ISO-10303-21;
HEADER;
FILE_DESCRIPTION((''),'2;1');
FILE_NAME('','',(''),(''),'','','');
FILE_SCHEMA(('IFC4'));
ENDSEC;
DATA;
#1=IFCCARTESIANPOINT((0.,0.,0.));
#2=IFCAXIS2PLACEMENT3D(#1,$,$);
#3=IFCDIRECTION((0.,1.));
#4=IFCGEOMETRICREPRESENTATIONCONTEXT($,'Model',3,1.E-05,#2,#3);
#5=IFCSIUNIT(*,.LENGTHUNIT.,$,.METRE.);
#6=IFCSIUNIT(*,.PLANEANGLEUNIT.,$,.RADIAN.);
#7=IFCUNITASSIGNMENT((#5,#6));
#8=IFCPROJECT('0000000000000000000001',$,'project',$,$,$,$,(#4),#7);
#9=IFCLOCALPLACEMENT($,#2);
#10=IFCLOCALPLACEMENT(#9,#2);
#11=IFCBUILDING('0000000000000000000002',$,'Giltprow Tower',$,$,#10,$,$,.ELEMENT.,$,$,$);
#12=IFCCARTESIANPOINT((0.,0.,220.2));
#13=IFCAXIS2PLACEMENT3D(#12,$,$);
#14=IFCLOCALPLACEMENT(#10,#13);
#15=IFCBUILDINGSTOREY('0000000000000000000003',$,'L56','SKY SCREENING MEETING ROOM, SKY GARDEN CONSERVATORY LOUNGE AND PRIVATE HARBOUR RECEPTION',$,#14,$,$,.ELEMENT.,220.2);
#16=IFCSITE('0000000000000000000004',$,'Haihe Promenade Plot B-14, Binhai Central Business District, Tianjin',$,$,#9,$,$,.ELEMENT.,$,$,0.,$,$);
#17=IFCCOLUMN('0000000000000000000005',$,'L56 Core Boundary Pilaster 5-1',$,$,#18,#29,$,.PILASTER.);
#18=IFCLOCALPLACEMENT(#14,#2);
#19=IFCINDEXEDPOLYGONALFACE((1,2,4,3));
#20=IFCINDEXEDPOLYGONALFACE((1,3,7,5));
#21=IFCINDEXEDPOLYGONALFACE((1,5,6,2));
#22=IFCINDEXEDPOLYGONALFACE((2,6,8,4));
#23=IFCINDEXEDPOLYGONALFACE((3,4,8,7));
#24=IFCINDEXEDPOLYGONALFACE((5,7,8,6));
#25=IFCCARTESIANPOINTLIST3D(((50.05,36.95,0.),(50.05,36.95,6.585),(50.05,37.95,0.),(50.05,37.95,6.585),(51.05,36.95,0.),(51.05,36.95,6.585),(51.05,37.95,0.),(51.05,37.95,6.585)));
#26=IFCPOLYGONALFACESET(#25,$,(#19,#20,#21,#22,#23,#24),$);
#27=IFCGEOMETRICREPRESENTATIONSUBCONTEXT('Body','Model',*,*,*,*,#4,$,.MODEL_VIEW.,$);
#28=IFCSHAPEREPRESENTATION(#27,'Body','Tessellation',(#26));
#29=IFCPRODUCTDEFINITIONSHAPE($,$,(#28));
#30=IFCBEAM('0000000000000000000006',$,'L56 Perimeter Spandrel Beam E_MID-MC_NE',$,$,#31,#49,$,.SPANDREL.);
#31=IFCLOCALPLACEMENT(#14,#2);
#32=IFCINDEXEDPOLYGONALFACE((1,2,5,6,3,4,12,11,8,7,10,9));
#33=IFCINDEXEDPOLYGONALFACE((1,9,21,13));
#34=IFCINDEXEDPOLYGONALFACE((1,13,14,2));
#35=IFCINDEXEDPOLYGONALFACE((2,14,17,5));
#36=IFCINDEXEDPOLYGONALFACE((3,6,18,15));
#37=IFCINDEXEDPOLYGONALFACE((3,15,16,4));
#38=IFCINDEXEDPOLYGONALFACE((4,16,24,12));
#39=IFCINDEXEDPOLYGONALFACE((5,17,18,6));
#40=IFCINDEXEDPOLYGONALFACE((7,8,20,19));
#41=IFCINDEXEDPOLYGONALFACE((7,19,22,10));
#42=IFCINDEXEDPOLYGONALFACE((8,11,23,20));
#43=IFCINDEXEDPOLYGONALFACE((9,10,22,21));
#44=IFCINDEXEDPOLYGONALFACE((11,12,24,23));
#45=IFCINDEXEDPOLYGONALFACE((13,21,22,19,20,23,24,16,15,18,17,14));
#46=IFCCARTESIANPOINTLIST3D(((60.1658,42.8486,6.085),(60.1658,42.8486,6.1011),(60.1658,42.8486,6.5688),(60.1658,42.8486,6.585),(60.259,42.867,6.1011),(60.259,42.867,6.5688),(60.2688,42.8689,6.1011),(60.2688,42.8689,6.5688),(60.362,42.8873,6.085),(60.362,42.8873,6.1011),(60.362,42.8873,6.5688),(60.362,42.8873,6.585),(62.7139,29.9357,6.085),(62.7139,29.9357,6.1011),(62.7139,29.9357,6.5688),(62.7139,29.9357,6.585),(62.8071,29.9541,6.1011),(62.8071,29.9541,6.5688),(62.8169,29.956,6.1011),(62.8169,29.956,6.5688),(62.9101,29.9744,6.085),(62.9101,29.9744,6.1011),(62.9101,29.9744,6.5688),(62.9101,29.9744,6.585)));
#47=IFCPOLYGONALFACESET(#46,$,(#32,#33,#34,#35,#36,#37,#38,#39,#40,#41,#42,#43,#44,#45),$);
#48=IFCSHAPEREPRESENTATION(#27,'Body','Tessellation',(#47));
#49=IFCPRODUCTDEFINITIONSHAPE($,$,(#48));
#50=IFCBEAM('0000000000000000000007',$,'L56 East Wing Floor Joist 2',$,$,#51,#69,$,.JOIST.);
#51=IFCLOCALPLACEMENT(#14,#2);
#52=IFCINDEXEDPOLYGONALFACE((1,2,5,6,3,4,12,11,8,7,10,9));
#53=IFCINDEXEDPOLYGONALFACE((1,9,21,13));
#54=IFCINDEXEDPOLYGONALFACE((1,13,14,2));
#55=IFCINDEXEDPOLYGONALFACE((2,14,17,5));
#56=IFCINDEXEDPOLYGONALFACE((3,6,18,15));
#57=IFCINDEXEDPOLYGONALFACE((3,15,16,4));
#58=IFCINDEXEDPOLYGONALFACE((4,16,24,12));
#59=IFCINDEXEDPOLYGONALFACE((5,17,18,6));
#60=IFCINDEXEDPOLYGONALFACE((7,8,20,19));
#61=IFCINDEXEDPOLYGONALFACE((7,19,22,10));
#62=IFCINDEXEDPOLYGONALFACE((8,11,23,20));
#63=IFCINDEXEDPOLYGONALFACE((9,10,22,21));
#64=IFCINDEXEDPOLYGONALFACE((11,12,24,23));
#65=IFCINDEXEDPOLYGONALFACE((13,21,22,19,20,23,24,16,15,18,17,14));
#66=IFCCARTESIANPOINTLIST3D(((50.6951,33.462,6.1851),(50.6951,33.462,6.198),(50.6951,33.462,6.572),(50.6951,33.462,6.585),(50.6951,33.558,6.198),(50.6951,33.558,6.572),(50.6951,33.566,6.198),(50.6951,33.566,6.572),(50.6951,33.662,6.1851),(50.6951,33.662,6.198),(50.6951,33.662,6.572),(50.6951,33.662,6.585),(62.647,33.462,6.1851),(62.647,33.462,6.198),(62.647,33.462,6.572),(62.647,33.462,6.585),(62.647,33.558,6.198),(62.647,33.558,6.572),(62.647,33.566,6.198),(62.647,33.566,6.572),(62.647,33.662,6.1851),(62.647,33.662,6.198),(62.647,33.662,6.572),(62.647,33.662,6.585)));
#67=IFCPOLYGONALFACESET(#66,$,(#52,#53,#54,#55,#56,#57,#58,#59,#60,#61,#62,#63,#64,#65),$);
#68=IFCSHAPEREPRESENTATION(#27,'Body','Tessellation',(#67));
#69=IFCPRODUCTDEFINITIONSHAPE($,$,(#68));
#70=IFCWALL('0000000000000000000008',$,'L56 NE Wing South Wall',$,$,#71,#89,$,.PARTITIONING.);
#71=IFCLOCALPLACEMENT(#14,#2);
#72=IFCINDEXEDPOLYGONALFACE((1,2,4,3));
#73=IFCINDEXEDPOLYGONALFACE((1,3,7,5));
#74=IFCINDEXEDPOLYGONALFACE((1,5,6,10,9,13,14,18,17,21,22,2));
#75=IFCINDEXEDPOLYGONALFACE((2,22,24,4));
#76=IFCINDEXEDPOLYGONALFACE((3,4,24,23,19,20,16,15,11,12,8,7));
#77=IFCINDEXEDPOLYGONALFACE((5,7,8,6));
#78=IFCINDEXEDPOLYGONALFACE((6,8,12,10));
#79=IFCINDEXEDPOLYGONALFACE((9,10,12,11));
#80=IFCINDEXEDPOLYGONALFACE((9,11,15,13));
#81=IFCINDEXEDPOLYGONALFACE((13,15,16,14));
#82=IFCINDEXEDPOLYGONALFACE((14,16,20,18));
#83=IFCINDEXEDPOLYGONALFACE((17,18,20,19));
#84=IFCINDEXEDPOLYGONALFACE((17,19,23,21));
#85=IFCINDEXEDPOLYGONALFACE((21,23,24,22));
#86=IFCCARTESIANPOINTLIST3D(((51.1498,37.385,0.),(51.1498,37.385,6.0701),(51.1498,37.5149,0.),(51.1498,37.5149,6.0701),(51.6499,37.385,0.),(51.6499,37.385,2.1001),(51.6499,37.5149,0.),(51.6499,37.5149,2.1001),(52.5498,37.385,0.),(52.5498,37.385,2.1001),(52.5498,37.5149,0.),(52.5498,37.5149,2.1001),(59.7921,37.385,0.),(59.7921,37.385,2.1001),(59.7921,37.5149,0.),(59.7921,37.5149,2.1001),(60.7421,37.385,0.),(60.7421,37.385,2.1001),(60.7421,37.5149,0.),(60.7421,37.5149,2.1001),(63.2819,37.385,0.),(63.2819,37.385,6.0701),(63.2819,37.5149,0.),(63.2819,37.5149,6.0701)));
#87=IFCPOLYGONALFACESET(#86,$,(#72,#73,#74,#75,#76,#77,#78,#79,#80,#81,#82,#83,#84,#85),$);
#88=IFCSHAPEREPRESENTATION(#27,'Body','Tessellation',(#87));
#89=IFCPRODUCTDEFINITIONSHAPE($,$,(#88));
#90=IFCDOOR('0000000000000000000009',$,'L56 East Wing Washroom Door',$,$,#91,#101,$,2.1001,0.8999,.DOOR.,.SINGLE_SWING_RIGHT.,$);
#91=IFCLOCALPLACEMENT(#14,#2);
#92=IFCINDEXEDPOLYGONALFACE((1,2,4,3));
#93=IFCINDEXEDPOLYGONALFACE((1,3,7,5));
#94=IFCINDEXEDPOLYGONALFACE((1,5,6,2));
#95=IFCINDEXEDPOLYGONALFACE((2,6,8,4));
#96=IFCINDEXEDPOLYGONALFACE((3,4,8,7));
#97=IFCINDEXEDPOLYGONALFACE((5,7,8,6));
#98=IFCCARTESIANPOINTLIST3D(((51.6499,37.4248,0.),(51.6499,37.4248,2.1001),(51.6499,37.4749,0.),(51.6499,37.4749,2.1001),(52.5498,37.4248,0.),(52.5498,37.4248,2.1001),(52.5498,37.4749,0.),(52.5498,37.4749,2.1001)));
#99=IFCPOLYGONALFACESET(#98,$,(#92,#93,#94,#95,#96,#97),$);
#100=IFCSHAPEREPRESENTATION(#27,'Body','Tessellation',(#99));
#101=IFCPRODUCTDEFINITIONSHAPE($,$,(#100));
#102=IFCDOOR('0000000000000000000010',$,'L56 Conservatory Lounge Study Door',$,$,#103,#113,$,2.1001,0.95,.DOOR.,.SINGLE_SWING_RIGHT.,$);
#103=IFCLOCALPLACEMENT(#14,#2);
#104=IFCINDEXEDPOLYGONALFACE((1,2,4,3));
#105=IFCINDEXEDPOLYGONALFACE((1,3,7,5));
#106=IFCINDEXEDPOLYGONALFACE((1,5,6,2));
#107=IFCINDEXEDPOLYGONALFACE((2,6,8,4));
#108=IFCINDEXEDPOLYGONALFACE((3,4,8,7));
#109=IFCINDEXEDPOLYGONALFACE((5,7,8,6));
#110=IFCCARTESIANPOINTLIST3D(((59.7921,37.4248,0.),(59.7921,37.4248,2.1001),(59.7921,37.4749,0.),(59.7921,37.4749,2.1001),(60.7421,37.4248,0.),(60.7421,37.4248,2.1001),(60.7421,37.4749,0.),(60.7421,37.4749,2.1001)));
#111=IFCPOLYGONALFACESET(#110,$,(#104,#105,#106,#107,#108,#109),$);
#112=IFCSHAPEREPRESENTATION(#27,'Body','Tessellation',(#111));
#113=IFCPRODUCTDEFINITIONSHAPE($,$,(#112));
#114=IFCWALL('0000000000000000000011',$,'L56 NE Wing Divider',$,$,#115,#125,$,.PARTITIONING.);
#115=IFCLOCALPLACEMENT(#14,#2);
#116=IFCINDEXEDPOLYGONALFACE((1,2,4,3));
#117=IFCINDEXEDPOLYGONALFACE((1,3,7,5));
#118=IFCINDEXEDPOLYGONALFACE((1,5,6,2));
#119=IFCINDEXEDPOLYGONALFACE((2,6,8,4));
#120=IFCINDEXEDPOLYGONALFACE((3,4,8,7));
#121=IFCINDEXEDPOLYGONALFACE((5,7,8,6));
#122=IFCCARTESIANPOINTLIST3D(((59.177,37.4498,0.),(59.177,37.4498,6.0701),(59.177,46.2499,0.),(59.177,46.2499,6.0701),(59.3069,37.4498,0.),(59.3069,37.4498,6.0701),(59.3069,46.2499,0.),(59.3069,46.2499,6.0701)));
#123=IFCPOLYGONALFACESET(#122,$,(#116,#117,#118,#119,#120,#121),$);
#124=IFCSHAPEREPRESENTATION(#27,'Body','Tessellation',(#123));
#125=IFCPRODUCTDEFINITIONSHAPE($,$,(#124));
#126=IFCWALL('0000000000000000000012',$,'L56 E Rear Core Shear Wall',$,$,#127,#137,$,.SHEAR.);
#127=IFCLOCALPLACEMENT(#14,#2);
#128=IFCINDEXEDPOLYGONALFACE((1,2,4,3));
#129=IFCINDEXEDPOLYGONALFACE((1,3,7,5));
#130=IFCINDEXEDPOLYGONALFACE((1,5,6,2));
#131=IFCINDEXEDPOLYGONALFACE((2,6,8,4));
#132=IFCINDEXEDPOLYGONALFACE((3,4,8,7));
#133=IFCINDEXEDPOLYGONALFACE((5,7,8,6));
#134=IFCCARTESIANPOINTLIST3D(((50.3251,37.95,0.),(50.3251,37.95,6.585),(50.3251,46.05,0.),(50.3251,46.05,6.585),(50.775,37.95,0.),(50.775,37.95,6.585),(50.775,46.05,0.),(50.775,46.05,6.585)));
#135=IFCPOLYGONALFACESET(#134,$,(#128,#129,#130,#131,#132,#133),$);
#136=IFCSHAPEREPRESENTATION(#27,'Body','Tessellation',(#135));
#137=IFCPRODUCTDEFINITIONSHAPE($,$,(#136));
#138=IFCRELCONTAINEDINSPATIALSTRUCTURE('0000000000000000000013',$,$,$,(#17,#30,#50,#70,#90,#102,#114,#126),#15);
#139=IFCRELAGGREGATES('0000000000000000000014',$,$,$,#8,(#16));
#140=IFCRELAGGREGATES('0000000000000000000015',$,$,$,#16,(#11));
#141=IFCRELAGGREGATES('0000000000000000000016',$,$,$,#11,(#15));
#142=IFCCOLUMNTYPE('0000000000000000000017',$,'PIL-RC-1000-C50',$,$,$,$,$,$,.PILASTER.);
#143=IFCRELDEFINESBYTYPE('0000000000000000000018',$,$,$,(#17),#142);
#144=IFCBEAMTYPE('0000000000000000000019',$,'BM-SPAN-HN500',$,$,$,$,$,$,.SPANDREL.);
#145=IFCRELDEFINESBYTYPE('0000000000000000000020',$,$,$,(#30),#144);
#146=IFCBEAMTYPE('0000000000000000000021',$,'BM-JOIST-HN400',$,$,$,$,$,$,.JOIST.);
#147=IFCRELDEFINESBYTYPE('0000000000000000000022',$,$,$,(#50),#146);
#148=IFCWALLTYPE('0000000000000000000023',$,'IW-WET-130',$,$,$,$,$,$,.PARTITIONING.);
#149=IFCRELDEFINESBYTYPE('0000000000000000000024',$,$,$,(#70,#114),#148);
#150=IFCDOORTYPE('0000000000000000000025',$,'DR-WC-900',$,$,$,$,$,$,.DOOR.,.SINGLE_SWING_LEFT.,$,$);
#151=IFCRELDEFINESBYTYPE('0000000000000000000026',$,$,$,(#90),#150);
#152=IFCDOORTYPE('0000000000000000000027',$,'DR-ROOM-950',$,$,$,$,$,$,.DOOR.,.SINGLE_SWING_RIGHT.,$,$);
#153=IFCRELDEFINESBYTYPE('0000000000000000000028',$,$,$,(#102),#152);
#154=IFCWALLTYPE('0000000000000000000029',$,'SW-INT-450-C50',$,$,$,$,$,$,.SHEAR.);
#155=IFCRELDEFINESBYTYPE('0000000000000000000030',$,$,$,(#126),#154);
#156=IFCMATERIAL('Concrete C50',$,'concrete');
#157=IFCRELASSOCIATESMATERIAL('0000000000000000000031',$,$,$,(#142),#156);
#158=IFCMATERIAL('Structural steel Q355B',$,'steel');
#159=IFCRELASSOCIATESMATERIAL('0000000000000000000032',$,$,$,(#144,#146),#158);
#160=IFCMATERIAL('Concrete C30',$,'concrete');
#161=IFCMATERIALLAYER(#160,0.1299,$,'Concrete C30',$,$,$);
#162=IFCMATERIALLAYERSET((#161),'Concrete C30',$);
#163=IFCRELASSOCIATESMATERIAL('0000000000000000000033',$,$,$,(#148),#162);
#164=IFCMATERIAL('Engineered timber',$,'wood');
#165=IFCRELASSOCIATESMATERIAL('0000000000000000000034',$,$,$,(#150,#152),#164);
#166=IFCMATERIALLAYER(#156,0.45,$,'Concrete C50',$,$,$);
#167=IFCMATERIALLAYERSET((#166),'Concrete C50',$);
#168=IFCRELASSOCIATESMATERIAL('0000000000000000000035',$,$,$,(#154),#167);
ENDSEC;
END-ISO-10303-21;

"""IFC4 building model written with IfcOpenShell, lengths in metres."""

from ifc_helpers import new_model, si_unit, direction, frame, frame_2d, origin, origin_2d, place, context, subcontext, project, spatial, rectangle, i_section, extrude, source, transform, mapped, material, layer, layer_set, material_profile, profile_set, type_object, element, fill, save


model = new_model("IFC4")

# Units and contexts
model_context = context("Model", 3, precision=1e-05, world=origin(), true_north=direction((0.0, 1.0)))
body_context = subcontext(model_context, "Body", "Model", "MODEL_VIEW")
ifc_project = project(units=[si_unit("LENGTHUNIT", "METRE"), si_unit("PLANEANGLEUNIT", "RADIAN")], contexts=[model_context])

# Site, building, storey
site_placement = place(None, origin())
site = spatial("IfcSite", under=ifc_project, at=site_placement, Name="Haihe Promenade Plot B-14, Binhai Central Business District, Tianjin", CompositionType="ELEMENT", RefElevation=0.0)
building_placement = place(site_placement, origin())
building = spatial("IfcBuilding", under=site, at=building_placement, Name="Giltprow Tower", CompositionType="ELEMENT")
storey_placement = place(building_placement, frame((0.0, 0.0, 220.2)))
storey = spatial("IfcBuildingStorey", under=building, at=storey_placement, Name="L56", Description="SKY SCREENING MEETING ROOM, SKY GARDEN CONSERVATORY LOUNGE AND PRIVATE HARBOUR RECEPTION", CompositionType="ELEMENT", Elevation=220.2)

# Column
ifc_material_1 = material(Name="Concrete C50", Category="concrete")
ifc_material_profile_1 = material_profile(ifc_material_1, rectangle(XDim=1.0, YDim=1.0, at=origin_2d()), Name="RC 1000x1000")
ifc_profile_set_1 = profile_set([ifc_material_profile_1], Name="Concrete C50")
column_type = type_object("IfcColumnType", Name="PIL-RC-1000-C50", PredefinedType="PILASTER", material=ifc_profile_set_1)
shared_shape_1 = source(origin(), body_context, "Body", "SweptSolid", [
    extrude(rectangle(XDim=1.0, YDim=1.0, at=origin_2d()), origin(), (0.0, 0.0, 1.0), 6.585),
])
column_placement = place(storey_placement, frame((50.55, 37.45, 0.0), z_axis=(0.0, 0.0, 1.0), x_axis=(1.0, 0.0, 0.0)))
element("IfcColumn", 1, at=column_placement, inside=storey, type_object=column_type, Name="L56 Core Boundary Pilaster 5-1", PredefinedType="PILASTER", context=body_context, shape_type="MappedRepresentation", body=[
    mapped(shared_shape_1, transform((0.0, 0.0, 0.0), x_axis=(1.0, 0.0, 0.0), y_axis=(0.0, 1.0, 0.0), z_axis=(0.0, 0.0, 1.0), scale=1.0)),
])

# Beams
ifc_material_2 = material(Name="Structural steel Q355B", Category="steel")
ifc_material_profile_2 = material_profile(ifc_material_2, i_section(OverallWidth=0.2, OverallDepth=0.5, WebThickness=0.01, FlangeThickness=0.0161, at=origin_2d()), Name="HN 500x200x10x16")
ifc_profile_set_2 = profile_set([ifc_material_profile_2], Name="Structural steel Q355B")
beam_type_1 = type_object("IfcBeamType", Name="BM-SPAN-HN500", PredefinedType="SPANDREL", material=ifc_profile_set_2)
shared_shape_2 = source(origin(), body_context, "Body", "SweptSolid", [
    extrude(i_section(OverallWidth=0.2, OverallDepth=0.5, WebThickness=0.01, FlangeThickness=0.0161, at=origin_2d()), origin(), (0.0, 0.0, 1.0), 13.1619),
])
beam_1_placement = place(storey_placement, frame((62.812, 29.9551, 6.335), z_axis=(-0.193597, 0.981081, 0.0), x_axis=(-0.981081, -0.193597, 0.0)))
element("IfcBeam", 2, at=beam_1_placement, inside=storey, type_object=beam_type_1, Name="L56 Perimeter Spandrel Beam E_MID-MC_NE", PredefinedType="SPANDREL", context=body_context, shape_type="MappedRepresentation", body=[
    mapped(shared_shape_2, transform((0.0, 0.0, 0.0), x_axis=(1.0, 0.0, 0.0), y_axis=(0.0, 1.0, 0.0), z_axis=(0.0, 0.0, 1.0), scale=1.0)),
])
ifc_material_profile_3 = material_profile(ifc_material_2, i_section(OverallWidth=0.2, OverallDepth=0.3999, WebThickness=0.0081, FlangeThickness=0.0129, at=origin_2d()), Name="HN 400x200x8x13")
ifc_profile_set_3 = profile_set([ifc_material_profile_3], Name="Structural steel Q355B")
beam_type_2 = type_object("IfcBeamType", Name="BM-JOIST-HN400", PredefinedType="JOIST", material=ifc_profile_set_3)
shared_shape_3 = source(origin(), body_context, "Body", "SweptSolid", [
    extrude(i_section(OverallWidth=0.2, OverallDepth=0.3999, WebThickness=0.0081, FlangeThickness=0.0129, at=origin_2d()), origin(), (0.0, 0.0, 1.0), 11.9519),
])
beam_2_placement = place(storey_placement, frame((50.6951, 33.562, 6.385), z_axis=(1.0, 0.0, 0.0), x_axis=(0.0, 1.0, 0.0)))
element("IfcBeam", 3, at=beam_2_placement, inside=storey, type_object=beam_type_2, Name="L56 East Wing Floor Joist 2", PredefinedType="JOIST", context=body_context, shape_type="MappedRepresentation", body=[
    mapped(shared_shape_3, transform((0.0, 0.0, 0.0), x_axis=(1.0, 0.0, 0.0), y_axis=(0.0, 1.0, 0.0), z_axis=(0.0, 0.0, 1.0), scale=1.0)),
])

# Wall, openings, doors
ifc_material_3 = material(Name="Concrete C30", Category="concrete")
ifc_layer_1 = layer(ifc_material_3, 0.1299, Name="Concrete C30")
ifc_layer_set_1 = layer_set([ifc_layer_1], Name="Concrete C30")
wall_type_1 = type_object("IfcWallType", Name="IW-WET-130", PredefinedType="PARTITIONING", material=ifc_layer_set_1)
wall_1_placement = place(storey_placement, frame((51.1499, 37.45, 0.0), z_axis=(0.0, 0.0, 1.0), x_axis=(1.0, 0.0, 0.0)))
wall_1 = element("IfcWall", 4, at=wall_1_placement, inside=storey, type_object=wall_type_1, Name="L56 NE Wing South Wall", PredefinedType="PARTITIONING", context=body_context, shape_type="SweptSolid", body=[
    extrude(rectangle(XDim=12.1321, YDim=0.1299, at=frame_2d((6.0659, 0.0))), origin(), (0.0, 0.0, 1.0), 6.0701),
])
opening_1_placement = place(wall_1_placement, frame((0.5, 0.0, 0.0)))
opening_1 = element("IfcOpeningElement", 5, at=opening_1_placement, cuts=wall_1, PredefinedType="OPENING", context=body_context, shape_type="SweptSolid", body=[
    extrude(rectangle(XDim=0.8999, YDim=2.1001, at=frame_2d((0.45, 1.05))), frame((0.0, 0.075, 0.0), z_axis=(0.0, -1.0, 0.0), x_axis=(1.0, 0.0, 0.0)), (0.0, 0.0, 1.0), 0.1499),
])
opening_2_placement = place(wall_1_placement, frame((8.6421, 0.0, 0.0)))
opening_2 = element("IfcOpeningElement", 6, at=opening_2_placement, cuts=wall_1, PredefinedType="OPENING", context=body_context, shape_type="SweptSolid", body=[
    extrude(rectangle(XDim=0.95, YDim=2.1001, at=frame_2d((0.4751, 1.05))), frame((0.0, 0.075, 0.0), z_axis=(0.0, -1.0, 0.0), x_axis=(1.0, 0.0, 0.0)), (0.0, 0.0, 1.0), 0.1499),
])
ifc_material_4 = material(Name="Engineered timber", Category="wood")
door_type_1 = type_object("IfcDoorType", Name="DR-WC-900", OperationType="SINGLE_SWING_LEFT", PredefinedType="DOOR", material=ifc_material_4)
shared_shape_4 = source(origin(), body_context, "Body", "SweptSolid", [
    extrude(rectangle(XDim=0.8999, YDim=2.1001, at=frame_2d((0.45, 1.05))), frame((0.0, 0.0249, 0.0), z_axis=(0.0, -1.0, 0.0), x_axis=(1.0, 0.0, 0.0)), (0.0, 0.0, 1.0), 0.05),
])
door_1_placement = place(opening_1_placement, origin())
door_1 = element("IfcDoor", 7, at=door_1_placement, inside=storey, type_object=door_type_1, Name="L56 East Wing Washroom Door", OperationType="SINGLE_SWING_RIGHT", OverallHeight=2.1001, OverallWidth=0.8999, PredefinedType="DOOR", context=body_context, shape_type="MappedRepresentation", body=[
    mapped(shared_shape_4, transform((0.0, 0.0, 0.0), x_axis=(1.0, 0.0, 0.0), y_axis=(0.0, 1.0, 0.0), z_axis=(0.0, 0.0, 1.0), scale=1.0)),
])
fill(opening_1, door_1)
door_type_2 = type_object("IfcDoorType", Name="DR-ROOM-950", OperationType="SINGLE_SWING_RIGHT", PredefinedType="DOOR", material=ifc_material_4)
shared_shape_5 = source(origin(), body_context, "Body", "SweptSolid", [
    extrude(rectangle(XDim=0.95, YDim=2.1001, at=frame_2d((0.4751, 1.05))), frame((0.0, 0.0249, 0.0), z_axis=(0.0, -1.0, 0.0), x_axis=(1.0, 0.0, 0.0)), (0.0, 0.0, 1.0), 0.05),
])
door_2_placement = place(opening_2_placement, origin())
door_2 = element("IfcDoor", 8, at=door_2_placement, inside=storey, type_object=door_type_2, Name="L56 Conservatory Lounge Study Door", OperationType="SINGLE_SWING_RIGHT", OverallHeight=2.1001, OverallWidth=0.95, PredefinedType="DOOR", context=body_context, shape_type="MappedRepresentation", body=[
    mapped(shared_shape_5, transform((0.0, 0.0, 0.0), x_axis=(1.0, 0.0, 0.0), y_axis=(0.0, 1.0, 0.0), z_axis=(0.0, 0.0, 1.0), scale=1.0)),
])
fill(opening_2, door_2)

# Walls
wall_2_placement = place(storey_placement, frame((59.2419, 37.45, 0.0), z_axis=(0.0, 0.0, 1.0), x_axis=(0.0, 1.0, 0.0)))
element("IfcWall", 9, at=wall_2_placement, inside=storey, type_object=wall_type_1, Name="L56 NE Wing Divider", PredefinedType="PARTITIONING", context=body_context, shape_type="SweptSolid", body=[
    extrude(rectangle(XDim=8.8, YDim=0.1299, at=frame_2d((4.3999, 0.0))), origin(), (0.0, 0.0, 1.0), 6.0701),
])
ifc_layer_2 = layer(ifc_material_1, 0.45, Name="Concrete C50")
ifc_layer_set_2 = layer_set([ifc_layer_2], Name="Concrete C50")
wall_type_2 = type_object("IfcWallType", Name="SW-INT-450-C50", PredefinedType="SHEAR", material=ifc_layer_set_2)
wall_3_placement = place(storey_placement, frame((50.55, 37.95, 0.0), z_axis=(0.0, 0.0, 1.0), x_axis=(0.0, 1.0, 0.0)))
element("IfcWall", 10, at=wall_3_placement, inside=storey, type_object=wall_type_2, Name="L56 E Rear Core Shear Wall", PredefinedType="SHEAR", context=body_context, shape_type="SweptSolid", body=[
    extrude(rectangle(XDim=8.1001, YDim=0.45, at=frame_2d((4.05, 0.0))), origin(), (0.0, 0.0, 1.0), 6.585),
])

save(model, "model.ifc")
